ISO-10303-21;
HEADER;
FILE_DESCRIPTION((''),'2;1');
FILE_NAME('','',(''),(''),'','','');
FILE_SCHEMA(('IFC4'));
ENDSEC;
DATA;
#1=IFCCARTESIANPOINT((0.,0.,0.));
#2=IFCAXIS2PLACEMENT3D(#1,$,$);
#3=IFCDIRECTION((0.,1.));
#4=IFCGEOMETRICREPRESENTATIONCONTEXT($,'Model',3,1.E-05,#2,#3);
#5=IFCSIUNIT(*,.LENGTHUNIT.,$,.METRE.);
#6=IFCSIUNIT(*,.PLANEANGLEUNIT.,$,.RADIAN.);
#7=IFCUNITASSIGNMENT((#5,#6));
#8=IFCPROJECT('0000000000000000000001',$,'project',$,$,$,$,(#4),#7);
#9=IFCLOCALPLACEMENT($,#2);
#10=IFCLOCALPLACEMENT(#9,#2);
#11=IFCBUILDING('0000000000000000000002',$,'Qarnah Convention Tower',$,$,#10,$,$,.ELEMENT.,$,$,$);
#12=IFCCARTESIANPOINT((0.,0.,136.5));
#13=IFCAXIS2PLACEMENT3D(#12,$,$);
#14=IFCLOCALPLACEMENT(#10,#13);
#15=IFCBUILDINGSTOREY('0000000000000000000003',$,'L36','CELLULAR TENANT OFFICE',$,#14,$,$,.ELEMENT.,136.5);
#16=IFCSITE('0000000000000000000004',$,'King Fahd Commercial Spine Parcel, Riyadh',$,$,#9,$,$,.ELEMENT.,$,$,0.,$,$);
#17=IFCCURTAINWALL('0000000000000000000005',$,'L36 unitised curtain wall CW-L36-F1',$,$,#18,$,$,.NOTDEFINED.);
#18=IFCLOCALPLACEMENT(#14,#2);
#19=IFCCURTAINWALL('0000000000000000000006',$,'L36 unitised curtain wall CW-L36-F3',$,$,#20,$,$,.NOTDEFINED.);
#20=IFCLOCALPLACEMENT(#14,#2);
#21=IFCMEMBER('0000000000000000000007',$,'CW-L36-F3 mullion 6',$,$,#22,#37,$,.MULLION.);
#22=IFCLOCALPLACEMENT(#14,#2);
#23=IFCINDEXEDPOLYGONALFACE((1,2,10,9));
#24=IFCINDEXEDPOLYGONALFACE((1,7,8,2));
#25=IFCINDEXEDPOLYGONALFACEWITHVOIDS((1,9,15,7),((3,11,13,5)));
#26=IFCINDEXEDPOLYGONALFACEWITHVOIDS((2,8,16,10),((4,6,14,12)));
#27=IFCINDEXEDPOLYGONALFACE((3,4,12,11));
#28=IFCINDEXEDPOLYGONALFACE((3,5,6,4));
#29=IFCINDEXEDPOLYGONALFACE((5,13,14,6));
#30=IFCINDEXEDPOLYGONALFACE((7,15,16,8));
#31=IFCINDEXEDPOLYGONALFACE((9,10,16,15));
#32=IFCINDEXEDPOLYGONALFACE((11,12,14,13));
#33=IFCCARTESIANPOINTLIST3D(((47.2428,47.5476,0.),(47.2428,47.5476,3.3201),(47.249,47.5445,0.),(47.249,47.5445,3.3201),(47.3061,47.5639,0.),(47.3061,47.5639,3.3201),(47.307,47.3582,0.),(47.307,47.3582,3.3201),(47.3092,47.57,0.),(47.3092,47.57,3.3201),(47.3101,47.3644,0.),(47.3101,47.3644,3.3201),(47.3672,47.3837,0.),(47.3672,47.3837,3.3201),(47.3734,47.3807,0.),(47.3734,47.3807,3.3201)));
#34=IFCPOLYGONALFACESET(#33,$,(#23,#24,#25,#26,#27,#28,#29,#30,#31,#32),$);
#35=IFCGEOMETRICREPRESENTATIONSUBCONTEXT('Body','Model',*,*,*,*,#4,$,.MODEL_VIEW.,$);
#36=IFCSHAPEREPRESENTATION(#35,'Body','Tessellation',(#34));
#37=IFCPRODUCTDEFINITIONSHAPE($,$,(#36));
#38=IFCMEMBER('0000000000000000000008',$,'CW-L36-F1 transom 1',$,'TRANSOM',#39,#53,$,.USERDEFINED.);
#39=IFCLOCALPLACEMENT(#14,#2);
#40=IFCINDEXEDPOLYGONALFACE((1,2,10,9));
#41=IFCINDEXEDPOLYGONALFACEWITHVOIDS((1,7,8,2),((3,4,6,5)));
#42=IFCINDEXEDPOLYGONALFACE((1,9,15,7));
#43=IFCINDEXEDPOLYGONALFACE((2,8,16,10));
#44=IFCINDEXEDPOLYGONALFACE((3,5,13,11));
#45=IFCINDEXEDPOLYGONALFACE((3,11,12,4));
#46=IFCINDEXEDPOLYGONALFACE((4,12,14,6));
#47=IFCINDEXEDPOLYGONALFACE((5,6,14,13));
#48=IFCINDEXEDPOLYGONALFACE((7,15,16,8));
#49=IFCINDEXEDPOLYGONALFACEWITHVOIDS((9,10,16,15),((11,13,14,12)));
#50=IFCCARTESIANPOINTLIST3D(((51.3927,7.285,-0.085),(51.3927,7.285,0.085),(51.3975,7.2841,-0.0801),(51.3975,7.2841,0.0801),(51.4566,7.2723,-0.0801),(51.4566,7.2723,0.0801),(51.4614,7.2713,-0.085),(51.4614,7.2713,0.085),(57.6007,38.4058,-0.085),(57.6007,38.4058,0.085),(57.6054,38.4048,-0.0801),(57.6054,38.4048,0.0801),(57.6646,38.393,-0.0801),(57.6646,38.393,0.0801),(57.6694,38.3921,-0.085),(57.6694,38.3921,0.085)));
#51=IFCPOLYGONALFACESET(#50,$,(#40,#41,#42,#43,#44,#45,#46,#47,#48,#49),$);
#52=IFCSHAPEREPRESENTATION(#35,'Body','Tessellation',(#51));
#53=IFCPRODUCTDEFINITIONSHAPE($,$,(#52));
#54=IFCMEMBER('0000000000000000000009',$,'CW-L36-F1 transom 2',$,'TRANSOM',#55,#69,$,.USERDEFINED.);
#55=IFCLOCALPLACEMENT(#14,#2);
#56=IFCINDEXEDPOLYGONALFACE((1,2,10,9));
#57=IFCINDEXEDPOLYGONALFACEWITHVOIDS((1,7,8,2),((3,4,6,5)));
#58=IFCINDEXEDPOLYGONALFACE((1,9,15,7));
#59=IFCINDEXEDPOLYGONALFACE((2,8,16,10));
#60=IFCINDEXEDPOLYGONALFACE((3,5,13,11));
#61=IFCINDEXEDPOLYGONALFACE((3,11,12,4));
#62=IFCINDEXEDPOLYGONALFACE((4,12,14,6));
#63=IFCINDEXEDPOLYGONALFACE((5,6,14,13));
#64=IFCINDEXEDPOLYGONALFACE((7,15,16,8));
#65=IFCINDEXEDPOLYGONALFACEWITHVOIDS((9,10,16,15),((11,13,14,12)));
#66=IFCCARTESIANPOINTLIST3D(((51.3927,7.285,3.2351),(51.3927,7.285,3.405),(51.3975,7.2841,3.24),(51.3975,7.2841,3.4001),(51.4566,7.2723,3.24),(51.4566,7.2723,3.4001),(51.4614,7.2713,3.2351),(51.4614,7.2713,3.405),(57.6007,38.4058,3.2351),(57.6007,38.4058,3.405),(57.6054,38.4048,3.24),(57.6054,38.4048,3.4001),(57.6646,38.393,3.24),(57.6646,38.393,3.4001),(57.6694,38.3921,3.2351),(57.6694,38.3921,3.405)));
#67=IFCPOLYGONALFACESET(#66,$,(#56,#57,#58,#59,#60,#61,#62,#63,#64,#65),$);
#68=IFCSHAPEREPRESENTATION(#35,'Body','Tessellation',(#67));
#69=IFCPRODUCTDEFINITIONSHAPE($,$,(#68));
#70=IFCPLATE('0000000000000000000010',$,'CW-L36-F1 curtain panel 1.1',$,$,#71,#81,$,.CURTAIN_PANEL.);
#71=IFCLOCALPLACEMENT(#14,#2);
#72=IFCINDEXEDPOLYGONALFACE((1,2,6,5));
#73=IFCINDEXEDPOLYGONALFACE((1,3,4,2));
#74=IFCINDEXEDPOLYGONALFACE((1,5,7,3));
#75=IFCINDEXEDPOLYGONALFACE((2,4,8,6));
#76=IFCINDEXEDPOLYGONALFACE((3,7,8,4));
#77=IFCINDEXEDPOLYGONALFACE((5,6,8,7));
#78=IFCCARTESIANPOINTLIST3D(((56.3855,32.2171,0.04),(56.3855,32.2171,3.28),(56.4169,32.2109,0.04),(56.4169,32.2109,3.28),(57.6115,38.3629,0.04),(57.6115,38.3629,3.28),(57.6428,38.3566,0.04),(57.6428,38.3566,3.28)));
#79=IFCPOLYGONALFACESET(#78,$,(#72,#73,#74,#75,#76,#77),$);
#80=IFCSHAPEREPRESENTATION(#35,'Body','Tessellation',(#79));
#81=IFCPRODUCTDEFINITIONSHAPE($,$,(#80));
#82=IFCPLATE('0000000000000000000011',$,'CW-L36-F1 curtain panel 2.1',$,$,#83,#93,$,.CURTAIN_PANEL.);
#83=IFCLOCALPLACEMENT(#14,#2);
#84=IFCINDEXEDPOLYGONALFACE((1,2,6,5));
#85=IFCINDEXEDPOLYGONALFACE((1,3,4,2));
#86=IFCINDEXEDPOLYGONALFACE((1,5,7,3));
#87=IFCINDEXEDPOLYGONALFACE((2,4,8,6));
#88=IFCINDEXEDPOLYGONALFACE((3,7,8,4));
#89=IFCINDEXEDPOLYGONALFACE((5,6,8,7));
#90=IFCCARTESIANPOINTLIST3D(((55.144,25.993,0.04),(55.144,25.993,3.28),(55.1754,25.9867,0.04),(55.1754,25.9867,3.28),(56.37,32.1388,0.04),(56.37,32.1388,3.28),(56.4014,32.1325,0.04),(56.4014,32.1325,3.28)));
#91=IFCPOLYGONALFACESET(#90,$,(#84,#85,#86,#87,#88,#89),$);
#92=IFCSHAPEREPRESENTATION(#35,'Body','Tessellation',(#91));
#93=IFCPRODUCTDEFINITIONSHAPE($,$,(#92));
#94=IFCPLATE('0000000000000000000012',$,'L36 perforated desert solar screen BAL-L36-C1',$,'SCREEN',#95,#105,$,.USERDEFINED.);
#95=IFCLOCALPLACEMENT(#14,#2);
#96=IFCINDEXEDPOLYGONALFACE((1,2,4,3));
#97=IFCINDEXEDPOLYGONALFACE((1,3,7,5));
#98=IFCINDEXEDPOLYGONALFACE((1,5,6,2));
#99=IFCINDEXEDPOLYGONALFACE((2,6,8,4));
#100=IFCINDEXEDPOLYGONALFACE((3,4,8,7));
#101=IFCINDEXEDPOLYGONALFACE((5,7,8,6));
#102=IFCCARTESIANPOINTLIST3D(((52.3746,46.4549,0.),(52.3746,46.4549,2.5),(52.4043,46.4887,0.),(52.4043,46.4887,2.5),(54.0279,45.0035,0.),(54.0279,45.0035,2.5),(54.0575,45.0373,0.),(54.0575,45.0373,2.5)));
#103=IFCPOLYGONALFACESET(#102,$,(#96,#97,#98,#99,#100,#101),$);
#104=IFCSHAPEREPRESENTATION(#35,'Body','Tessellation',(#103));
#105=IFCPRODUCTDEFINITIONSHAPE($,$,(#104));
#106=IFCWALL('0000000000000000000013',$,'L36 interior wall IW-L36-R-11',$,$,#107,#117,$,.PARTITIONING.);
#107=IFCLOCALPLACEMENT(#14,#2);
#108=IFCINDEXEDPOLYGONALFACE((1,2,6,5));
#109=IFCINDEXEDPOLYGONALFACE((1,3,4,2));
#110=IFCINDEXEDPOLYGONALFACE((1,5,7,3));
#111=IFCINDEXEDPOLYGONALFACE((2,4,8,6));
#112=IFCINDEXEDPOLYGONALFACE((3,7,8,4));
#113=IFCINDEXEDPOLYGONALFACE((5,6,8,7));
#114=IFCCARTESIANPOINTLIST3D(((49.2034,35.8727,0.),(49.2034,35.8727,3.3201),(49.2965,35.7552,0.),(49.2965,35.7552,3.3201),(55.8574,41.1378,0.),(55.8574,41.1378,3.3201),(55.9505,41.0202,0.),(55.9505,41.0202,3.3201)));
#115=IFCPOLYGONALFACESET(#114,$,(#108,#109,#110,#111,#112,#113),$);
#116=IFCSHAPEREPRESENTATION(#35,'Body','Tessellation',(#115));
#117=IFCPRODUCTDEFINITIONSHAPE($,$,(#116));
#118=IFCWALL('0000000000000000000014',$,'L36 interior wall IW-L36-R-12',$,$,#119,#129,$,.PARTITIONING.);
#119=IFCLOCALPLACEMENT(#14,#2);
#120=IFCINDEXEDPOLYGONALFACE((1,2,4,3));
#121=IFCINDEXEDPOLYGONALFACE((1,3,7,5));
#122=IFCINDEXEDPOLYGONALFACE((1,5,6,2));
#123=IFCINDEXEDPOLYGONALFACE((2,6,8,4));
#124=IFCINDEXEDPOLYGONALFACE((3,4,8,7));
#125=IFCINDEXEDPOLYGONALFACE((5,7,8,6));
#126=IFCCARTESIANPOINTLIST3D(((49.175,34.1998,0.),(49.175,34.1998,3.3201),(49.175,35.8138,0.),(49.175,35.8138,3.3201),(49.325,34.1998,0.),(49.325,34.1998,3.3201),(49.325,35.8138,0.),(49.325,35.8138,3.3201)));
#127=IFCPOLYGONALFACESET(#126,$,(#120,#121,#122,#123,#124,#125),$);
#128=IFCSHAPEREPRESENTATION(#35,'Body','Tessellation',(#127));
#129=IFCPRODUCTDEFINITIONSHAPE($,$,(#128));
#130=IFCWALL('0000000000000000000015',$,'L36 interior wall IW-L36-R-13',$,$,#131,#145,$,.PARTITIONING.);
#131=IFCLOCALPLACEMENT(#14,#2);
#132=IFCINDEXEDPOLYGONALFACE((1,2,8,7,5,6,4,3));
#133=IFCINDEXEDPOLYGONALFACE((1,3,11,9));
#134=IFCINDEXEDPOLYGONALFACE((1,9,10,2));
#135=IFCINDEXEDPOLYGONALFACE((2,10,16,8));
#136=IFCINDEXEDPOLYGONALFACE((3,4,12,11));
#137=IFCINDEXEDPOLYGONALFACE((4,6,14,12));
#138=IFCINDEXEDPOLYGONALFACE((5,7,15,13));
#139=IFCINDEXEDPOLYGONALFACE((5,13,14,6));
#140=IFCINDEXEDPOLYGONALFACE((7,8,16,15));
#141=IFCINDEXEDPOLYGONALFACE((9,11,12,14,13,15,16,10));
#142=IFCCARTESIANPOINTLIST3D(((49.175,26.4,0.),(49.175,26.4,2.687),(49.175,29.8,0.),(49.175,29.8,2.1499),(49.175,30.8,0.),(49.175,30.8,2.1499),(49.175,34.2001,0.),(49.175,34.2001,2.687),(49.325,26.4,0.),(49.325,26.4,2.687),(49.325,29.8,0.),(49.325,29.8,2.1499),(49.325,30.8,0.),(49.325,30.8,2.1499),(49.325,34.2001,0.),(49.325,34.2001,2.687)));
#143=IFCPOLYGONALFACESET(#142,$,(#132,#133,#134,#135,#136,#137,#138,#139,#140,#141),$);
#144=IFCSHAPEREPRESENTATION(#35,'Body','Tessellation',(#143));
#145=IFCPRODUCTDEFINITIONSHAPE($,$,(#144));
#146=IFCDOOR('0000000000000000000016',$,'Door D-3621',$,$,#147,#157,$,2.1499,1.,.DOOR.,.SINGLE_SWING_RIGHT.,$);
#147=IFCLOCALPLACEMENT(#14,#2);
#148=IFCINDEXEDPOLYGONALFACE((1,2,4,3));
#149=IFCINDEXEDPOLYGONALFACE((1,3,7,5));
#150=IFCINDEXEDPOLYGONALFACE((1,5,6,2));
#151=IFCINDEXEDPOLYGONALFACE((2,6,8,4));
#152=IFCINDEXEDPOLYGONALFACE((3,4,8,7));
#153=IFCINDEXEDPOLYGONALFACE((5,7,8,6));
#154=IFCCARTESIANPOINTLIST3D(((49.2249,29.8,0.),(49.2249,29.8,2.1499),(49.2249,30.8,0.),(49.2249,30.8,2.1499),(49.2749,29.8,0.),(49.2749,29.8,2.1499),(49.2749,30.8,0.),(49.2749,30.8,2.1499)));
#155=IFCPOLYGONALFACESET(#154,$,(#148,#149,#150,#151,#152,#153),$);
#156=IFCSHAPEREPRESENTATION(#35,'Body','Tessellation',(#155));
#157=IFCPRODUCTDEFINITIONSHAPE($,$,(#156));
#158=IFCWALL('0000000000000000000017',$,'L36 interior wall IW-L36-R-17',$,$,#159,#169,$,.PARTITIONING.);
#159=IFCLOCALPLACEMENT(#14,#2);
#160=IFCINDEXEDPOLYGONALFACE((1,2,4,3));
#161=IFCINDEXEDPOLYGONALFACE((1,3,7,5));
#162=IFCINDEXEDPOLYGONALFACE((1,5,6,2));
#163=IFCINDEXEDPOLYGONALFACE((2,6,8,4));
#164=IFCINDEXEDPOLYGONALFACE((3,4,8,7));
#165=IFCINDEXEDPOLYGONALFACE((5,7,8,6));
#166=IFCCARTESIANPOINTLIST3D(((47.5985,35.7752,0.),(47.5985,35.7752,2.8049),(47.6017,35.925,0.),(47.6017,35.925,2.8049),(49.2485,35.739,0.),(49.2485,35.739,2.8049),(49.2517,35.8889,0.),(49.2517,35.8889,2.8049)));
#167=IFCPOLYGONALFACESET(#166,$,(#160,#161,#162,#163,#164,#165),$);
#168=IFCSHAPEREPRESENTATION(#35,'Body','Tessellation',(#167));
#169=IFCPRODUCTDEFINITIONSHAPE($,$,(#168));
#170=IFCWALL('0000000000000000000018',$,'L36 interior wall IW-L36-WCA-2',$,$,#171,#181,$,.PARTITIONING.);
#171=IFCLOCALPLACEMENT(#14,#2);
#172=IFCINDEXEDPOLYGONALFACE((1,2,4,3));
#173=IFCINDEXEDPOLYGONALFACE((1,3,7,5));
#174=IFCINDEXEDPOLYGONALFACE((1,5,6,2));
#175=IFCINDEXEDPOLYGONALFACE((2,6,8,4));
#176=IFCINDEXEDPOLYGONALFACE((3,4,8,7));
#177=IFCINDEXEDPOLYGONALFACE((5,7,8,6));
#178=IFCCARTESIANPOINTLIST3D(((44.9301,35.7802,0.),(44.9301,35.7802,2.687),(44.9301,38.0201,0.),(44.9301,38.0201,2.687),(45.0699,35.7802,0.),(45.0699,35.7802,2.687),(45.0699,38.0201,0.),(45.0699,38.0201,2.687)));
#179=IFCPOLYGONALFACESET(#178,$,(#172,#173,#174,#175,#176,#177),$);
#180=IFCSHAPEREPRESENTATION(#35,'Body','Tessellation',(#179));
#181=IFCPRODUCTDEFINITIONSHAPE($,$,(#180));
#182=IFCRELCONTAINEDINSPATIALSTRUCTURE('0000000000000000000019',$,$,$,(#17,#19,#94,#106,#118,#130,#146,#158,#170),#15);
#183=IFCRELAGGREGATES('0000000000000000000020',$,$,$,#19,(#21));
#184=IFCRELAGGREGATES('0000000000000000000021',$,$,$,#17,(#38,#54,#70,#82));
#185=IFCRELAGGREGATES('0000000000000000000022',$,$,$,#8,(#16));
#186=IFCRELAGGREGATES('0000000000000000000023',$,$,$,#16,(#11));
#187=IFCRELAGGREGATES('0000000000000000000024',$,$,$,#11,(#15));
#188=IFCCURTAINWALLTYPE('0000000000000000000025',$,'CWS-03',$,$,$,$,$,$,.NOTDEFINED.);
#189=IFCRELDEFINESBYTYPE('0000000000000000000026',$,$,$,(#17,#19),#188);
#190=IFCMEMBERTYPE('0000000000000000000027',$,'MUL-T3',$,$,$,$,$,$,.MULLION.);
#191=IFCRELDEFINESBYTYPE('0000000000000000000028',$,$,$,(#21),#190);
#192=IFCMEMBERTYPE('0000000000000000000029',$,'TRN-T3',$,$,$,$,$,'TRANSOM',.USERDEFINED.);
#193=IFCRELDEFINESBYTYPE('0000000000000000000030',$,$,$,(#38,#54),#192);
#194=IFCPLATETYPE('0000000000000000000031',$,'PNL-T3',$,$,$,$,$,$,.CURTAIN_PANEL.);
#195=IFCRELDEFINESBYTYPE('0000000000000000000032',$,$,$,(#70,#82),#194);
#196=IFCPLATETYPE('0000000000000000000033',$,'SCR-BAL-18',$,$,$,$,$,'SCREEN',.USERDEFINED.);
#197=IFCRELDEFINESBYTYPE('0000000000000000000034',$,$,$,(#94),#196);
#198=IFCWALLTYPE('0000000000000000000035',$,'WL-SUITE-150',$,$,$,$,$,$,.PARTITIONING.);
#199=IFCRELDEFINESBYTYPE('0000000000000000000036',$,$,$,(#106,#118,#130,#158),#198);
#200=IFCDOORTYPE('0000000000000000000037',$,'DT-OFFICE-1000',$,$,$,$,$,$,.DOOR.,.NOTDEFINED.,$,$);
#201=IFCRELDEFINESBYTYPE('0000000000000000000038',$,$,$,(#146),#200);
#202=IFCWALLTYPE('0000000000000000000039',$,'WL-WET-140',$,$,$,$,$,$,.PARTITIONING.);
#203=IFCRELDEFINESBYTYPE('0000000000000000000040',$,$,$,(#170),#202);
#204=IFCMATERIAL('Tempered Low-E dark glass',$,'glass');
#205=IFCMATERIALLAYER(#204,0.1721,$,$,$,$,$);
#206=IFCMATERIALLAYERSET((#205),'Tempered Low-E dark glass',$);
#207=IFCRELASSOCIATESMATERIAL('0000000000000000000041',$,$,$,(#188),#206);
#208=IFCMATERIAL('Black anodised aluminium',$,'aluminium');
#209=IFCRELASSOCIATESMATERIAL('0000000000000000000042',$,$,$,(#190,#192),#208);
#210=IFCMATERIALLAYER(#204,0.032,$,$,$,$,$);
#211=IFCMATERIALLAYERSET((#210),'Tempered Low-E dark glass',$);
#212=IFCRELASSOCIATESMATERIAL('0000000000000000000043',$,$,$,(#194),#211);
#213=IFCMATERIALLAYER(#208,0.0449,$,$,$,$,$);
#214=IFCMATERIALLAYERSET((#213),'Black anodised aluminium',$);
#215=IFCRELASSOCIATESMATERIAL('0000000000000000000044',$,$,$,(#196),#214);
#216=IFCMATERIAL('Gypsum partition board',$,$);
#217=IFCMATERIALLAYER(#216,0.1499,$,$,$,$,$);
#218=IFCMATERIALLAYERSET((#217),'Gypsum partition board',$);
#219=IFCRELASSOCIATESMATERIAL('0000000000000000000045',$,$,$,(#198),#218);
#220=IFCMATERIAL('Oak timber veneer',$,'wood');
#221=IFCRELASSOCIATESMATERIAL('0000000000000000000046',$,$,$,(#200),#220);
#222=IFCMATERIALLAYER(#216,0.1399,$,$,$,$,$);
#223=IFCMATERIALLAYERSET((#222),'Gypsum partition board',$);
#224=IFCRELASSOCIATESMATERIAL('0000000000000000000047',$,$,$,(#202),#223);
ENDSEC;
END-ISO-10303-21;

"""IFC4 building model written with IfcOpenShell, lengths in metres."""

from ifc_helpers import new_model, si_unit, direction, frame, frame_2d, origin, origin_2d, place, context, subcontext, project, spatial, rectangle, hollow_rectangle, extrude, material, layer, layer_set, material_profile, profile_set, type_object, element, fill, aggregate, save


model = new_model("IFC4")

# Units and contexts
model_context = context("Model", 3, precision=1e-05, world=origin(), true_north=direction((0.0, 1.0)))
body_context = subcontext(model_context, "Body", "Model", "MODEL_VIEW")
ifc_project = project(units=[si_unit("LENGTHUNIT", "METRE"), si_unit("PLANEANGLEUNIT", "RADIAN")], contexts=[model_context])

# Site, building, storey
site_placement = place(None, origin())
site = spatial("IfcSite", under=ifc_project, at=site_placement, Name="King Fahd Commercial Spine Parcel, Riyadh", CompositionType="ELEMENT", RefElevation=0.0)
building_placement = place(site_placement, origin())
building = spatial("IfcBuilding", under=site, at=building_placement, Name="Qarnah Convention Tower", CompositionType="ELEMENT")
storey_placement = place(building_placement, frame((0.0, 0.0, 136.5)))
storey = spatial("IfcBuildingStorey", under=building, at=storey_placement, Name="L36", Description="CELLULAR TENANT OFFICE", CompositionType="ELEMENT", Elevation=136.5)

# Curtain wall
ifc_material_1 = material(Name="Tempered Low-E dark glass", Category="glass")
ifc_layer_1 = layer(ifc_material_1, 0.1721)
ifc_layer_set_1 = layer_set([ifc_layer_1], Name="Tempered Low-E dark glass")
curtain_wall_type = type_object("IfcCurtainWallType", Name="CWS-03", PredefinedType="NOTDEFINED", material=ifc_layer_set_1)
curtain_wall_1_placement = place(storey_placement, origin())
curtain_wall_1 = element("IfcCurtainWall", 1, at=curtain_wall_1_placement, inside=storey, type_object=curtain_wall_type, Name="L36 unitised curtain wall CW-L36-F1", PredefinedType="NOTDEFINED")
ifc_material_2 = material(Name="Black anodised aluminium", Category="aluminium")
ifc_material_profile_1 = material_profile(ifc_material_2, hollow_rectangle(XDim=0.0701, YDim=0.2, WallThickness=0.0049, at=origin_2d()), Name="MUL-70X200")
ifc_profile_set_1 = profile_set([ifc_material_profile_1], Name="Black anodised aluminium")
member_type_1 = type_object("IfcMemberType", Name="MUL-T3", PredefinedType="MULLION", material=ifc_profile_set_1)

# Curtain wall, member
curtain_wall_2_placement = place(storey_placement, origin())
curtain_wall_2 = element("IfcCurtainWall", 2, at=curtain_wall_2_placement, inside=storey, type_object=curtain_wall_type, Name="L36 unitised curtain wall CW-L36-F3", PredefinedType="NOTDEFINED")
member_1_placement = place(storey_placement, frame((47.3081, 47.4641, 0.0), z_axis=(0.0, 0.0, 1.0), x_axis=(0.947093, 0.32096, 0.0)))
member_1 = element("IfcMember", 3, at=member_1_placement, type_object=member_type_1, Name="CW-L36-F3 mullion 6", PredefinedType="MULLION", context=body_context, shape_type="SweptSolid", body=[
    extrude(hollow_rectangle(XDim=0.0701, YDim=0.2, WallThickness=0.0049, at=origin_2d()), origin(), (0.0, 0.0, 1.0), 3.3201),
])
aggregate(curtain_wall_2, [member_1])

# Members
ifc_material_profile_2 = material_profile(ifc_material_2, hollow_rectangle(XDim=0.0701, YDim=0.1699, WallThickness=0.0049, at=origin_2d()), Name="TRN-70X170")
ifc_profile_set_2 = profile_set([ifc_material_profile_2], Name="Black anodised aluminium")
member_type_2 = type_object("IfcMemberType", Name="TRN-T3", ElementType="TRANSOM", PredefinedType="USERDEFINED", material=ifc_profile_set_2)
member_2_placement = place(storey_placement, frame((57.635, 38.3989, 0.0), z_axis=(-0.195626, -0.980678, 0.0), x_axis=(0.980678, -0.195626, 0.0)))
member_2 = element("IfcMember", 4, at=member_2_placement, type_object=member_type_2, Name="CW-L36-F1 transom 1", ObjectType="TRANSOM", PredefinedType="USERDEFINED", context=body_context, shape_type="SweptSolid", body=[
    extrude(hollow_rectangle(XDim=0.0701, YDim=0.1699, WallThickness=0.0049, at=origin_2d()), origin(), (0.0, 0.0, 1.0), 31.7339),
])
member_3_placement = place(storey_placement, frame((57.635, 38.3989, 3.3201), z_axis=(-0.195626, -0.980678, 0.0), x_axis=(0.980678, -0.195626, 0.0)))
member_3 = element("IfcMember", 5, at=member_3_placement, type_object=member_type_2, Name="CW-L36-F1 transom 2", ObjectType="TRANSOM", PredefinedType="USERDEFINED", context=body_context, shape_type="SweptSolid", body=[
    extrude(hollow_rectangle(XDim=0.0701, YDim=0.1699, WallThickness=0.0049, at=origin_2d()), origin(), (0.0, 0.0, 1.0), 31.7339),
])

# Plates
ifc_layer_2 = layer(ifc_material_1, 0.032)
ifc_layer_set_2 = layer_set([ifc_layer_2], Name="Tempered Low-E dark glass")
plate_type_1 = type_object("IfcPlateType", Name="PNL-T3", PredefinedType="CURTAIN_PANEL", material=ifc_layer_set_2)
plate_1_placement = place(storey_placement, frame((57.0142, 35.2869, 0.04), z_axis=(0.0, 0.0, 1.0), x_axis=(-0.195625, -0.980679, 0.0)))
plate_1 = element("IfcPlate", 6, at=plate_1_placement, type_object=plate_type_1, Name="CW-L36-F1 curtain panel 1.1", PredefinedType="CURTAIN_PANEL", context=body_context, shape_type="SweptSolid", body=[
    extrude(rectangle(XDim=6.2668, YDim=0.032, at=origin_2d()), origin(), (0.0, 0.0, 1.0), 3.24),
])
plate_2_placement = place(storey_placement, frame((55.7727, 29.0627, 0.04), z_axis=(0.0, 0.0, 1.0), x_axis=(-0.195625, -0.980679, 0.0)))
plate_2 = element("IfcPlate", 7, at=plate_2_placement, type_object=plate_type_1, Name="CW-L36-F1 curtain panel 2.1", PredefinedType="CURTAIN_PANEL", context=body_context, shape_type="SweptSolid", body=[
    extrude(rectangle(XDim=6.2668, YDim=0.032, at=origin_2d()), origin(), (0.0, 0.0, 1.0), 3.24),
])
aggregate(curtain_wall_1, [member_2, member_3, plate_1, plate_2])
ifc_layer_3 = layer(ifc_material_2, 0.0449)
ifc_layer_set_3 = layer_set([ifc_layer_3], Name="Black anodised aluminium")
plate_type_2 = type_object("IfcPlateType", Name="SCR-BAL-18", ElementType="SCREEN", PredefinedType="USERDEFINED", material=ifc_layer_set_3)
plate_3_placement = place(storey_placement, frame((53.2161, 45.7461, 0.0), z_axis=(0.0, 0.0, 1.0), x_axis=(0.751485, -0.65975, 0.0)))
element("IfcPlate", 8, at=plate_3_placement, inside=storey, type_object=plate_type_2, Name="L36 perforated desert solar screen BAL-L36-C1", ObjectType="SCREEN", PredefinedType="USERDEFINED", context=body_context, shape_type="SweptSolid", body=[
    extrude(rectangle(XDim=2.2, YDim=0.0449, at=origin_2d()), origin(), (0.0, 0.0, 1.0), 2.5),
])

# Walls
ifc_material_3 = material(Name="Gypsum partition board")
ifc_layer_4 = layer(ifc_material_3, 0.1499)
ifc_layer_set_4 = layer_set([ifc_layer_4], Name="Gypsum partition board")
wall_type_1 = type_object("IfcWallType", Name="WL-SUITE-150", PredefinedType="PARTITIONING", material=ifc_layer_set_4)
wall_1_placement = place(storey_placement, frame((55.9041, 41.0791, 0.0), z_axis=(0.0, 0.0, 1.0), x_axis=(-0.784198, -0.620511, 0.0)))
element("IfcWall", 9, at=wall_1_placement, inside=storey, type_object=wall_type_1, Name="L36 interior wall IW-L36-R-11", PredefinedType="PARTITIONING", context=body_context, shape_type="SweptSolid", body=[
    extrude(rectangle(XDim=8.4851, YDim=0.1499, at=frame_2d((4.2427, 0.0))), origin(), (0.0, 0.0, 1.0), 3.3201),
])
wall_2_placement = place(storey_placement, frame((49.25, 35.814, 0.0), z_axis=(0.0, 0.0, 1.0), x_axis=(0.0, -1.0, 0.0)))
element("IfcWall", 10, at=wall_2_placement, inside=storey, type_object=wall_type_1, Name="L36 interior wall IW-L36-R-12", PredefinedType="PARTITIONING", context=body_context, shape_type="SweptSolid", body=[
    extrude(rectangle(XDim=1.614, YDim=0.1499, at=frame_2d((0.8071, 0.0))), origin(), (0.0, 0.0, 1.0), 3.3201),
])

# Wall, opening, door
wall_3_placement = place(storey_placement, frame((49.25, 34.2, 0.0), z_axis=(0.0, 0.0, 1.0), x_axis=(0.0, -1.0, 0.0)))
wall_3 = element("IfcWall", 11, at=wall_3_placement, inside=storey, type_object=wall_type_1, Name="L36 interior wall IW-L36-R-13", PredefinedType="PARTITIONING", context=body_context, shape_type="SweptSolid", body=[
    extrude(rectangle(XDim=7.8, YDim=0.1499, at=frame_2d((3.8999, 0.0))), origin(), (0.0, 0.0, 1.0), 2.687),
])
opening_1_placement = place(wall_3_placement, frame((3.3999, 0.0, 0.0)))
opening_1 = element("IfcOpeningElement", 12, at=opening_1_placement, cuts=wall_3, PredefinedType="OPENING", context=body_context, shape_type="SweptSolid", body=[
    extrude(rectangle(XDim=1.0, YDim=2.1499, at=frame_2d((0.5, 1.075))), frame((0.0, 0.085, 0.0), z_axis=(0.0, -1.0, 0.0), x_axis=(1.0, 0.0, 0.0)), (0.0, 0.0, 1.0), 0.1699),
])
ifc_material_4 = material(Name="Oak timber veneer", Category="wood")
door_type_1 = type_object("IfcDoorType", Name="DT-OFFICE-1000", OperationType="NOTDEFINED", PredefinedType="DOOR", material=ifc_material_4)
door_1_placement = place(opening_1_placement, origin())
door_1 = element("IfcDoor", 13, at=door_1_placement, inside=storey, type_object=door_type_1, Name="Door D-3621", OperationType="SINGLE_SWING_RIGHT", OverallHeight=2.1499, OverallWidth=1.0, PredefinedType="DOOR", context=body_context, shape_type="SweptSolid", body=[
    extrude(rectangle(XDim=1.0, YDim=2.1499, at=frame_2d((0.5, 1.075))), frame((0.0, 0.0249, 0.0), z_axis=(0.0, -1.0, 0.0), x_axis=(1.0, 0.0, 0.0)), (0.0, 0.0, 1.0), 0.05),
])
fill(opening_1, door_1)

# Walls
wall_4_placement = place(storey_placement, frame((47.6001, 35.8501, 0.0), z_axis=(0.0, 0.0, 1.0), x_axis=(0.99976, -0.021895, 0.0)))
element("IfcWall", 14, at=wall_4_placement, inside=storey, type_object=wall_type_1, Name="L36 interior wall IW-L36-R-17", PredefinedType="PARTITIONING", context=body_context, shape_type="SweptSolid", body=[
    extrude(rectangle(XDim=1.6504, YDim=0.1499, at=frame_2d((0.8252, 0.0))), origin(), (0.0, 0.0, 1.0), 2.8049),
])
ifc_layer_5 = layer(ifc_material_3, 0.1399)
ifc_layer_set_5 = layer_set([ifc_layer_5], Name="Gypsum partition board")
wall_type_2 = type_object("IfcWallType", Name="WL-WET-140", PredefinedType="PARTITIONING", material=ifc_layer_set_5)
wall_5_placement = place(storey_placement, frame((45.0, 35.78, 0.0), z_axis=(0.0, 0.0, 1.0), x_axis=(0.0, 1.0, 0.0)))
element("IfcWall", 15, at=wall_5_placement, inside=storey, type_object=wall_type_2, Name="L36 interior wall IW-L36-WCA-2", PredefinedType="PARTITIONING", context=body_context, shape_type="SweptSolid", body=[
    extrude(rectangle(XDim=2.24, YDim=0.1399, at=frame_2d((1.1201, 0.0))), origin(), (0.0, 0.0, 1.0), 2.687),
])

save(model, "model.ifc")
